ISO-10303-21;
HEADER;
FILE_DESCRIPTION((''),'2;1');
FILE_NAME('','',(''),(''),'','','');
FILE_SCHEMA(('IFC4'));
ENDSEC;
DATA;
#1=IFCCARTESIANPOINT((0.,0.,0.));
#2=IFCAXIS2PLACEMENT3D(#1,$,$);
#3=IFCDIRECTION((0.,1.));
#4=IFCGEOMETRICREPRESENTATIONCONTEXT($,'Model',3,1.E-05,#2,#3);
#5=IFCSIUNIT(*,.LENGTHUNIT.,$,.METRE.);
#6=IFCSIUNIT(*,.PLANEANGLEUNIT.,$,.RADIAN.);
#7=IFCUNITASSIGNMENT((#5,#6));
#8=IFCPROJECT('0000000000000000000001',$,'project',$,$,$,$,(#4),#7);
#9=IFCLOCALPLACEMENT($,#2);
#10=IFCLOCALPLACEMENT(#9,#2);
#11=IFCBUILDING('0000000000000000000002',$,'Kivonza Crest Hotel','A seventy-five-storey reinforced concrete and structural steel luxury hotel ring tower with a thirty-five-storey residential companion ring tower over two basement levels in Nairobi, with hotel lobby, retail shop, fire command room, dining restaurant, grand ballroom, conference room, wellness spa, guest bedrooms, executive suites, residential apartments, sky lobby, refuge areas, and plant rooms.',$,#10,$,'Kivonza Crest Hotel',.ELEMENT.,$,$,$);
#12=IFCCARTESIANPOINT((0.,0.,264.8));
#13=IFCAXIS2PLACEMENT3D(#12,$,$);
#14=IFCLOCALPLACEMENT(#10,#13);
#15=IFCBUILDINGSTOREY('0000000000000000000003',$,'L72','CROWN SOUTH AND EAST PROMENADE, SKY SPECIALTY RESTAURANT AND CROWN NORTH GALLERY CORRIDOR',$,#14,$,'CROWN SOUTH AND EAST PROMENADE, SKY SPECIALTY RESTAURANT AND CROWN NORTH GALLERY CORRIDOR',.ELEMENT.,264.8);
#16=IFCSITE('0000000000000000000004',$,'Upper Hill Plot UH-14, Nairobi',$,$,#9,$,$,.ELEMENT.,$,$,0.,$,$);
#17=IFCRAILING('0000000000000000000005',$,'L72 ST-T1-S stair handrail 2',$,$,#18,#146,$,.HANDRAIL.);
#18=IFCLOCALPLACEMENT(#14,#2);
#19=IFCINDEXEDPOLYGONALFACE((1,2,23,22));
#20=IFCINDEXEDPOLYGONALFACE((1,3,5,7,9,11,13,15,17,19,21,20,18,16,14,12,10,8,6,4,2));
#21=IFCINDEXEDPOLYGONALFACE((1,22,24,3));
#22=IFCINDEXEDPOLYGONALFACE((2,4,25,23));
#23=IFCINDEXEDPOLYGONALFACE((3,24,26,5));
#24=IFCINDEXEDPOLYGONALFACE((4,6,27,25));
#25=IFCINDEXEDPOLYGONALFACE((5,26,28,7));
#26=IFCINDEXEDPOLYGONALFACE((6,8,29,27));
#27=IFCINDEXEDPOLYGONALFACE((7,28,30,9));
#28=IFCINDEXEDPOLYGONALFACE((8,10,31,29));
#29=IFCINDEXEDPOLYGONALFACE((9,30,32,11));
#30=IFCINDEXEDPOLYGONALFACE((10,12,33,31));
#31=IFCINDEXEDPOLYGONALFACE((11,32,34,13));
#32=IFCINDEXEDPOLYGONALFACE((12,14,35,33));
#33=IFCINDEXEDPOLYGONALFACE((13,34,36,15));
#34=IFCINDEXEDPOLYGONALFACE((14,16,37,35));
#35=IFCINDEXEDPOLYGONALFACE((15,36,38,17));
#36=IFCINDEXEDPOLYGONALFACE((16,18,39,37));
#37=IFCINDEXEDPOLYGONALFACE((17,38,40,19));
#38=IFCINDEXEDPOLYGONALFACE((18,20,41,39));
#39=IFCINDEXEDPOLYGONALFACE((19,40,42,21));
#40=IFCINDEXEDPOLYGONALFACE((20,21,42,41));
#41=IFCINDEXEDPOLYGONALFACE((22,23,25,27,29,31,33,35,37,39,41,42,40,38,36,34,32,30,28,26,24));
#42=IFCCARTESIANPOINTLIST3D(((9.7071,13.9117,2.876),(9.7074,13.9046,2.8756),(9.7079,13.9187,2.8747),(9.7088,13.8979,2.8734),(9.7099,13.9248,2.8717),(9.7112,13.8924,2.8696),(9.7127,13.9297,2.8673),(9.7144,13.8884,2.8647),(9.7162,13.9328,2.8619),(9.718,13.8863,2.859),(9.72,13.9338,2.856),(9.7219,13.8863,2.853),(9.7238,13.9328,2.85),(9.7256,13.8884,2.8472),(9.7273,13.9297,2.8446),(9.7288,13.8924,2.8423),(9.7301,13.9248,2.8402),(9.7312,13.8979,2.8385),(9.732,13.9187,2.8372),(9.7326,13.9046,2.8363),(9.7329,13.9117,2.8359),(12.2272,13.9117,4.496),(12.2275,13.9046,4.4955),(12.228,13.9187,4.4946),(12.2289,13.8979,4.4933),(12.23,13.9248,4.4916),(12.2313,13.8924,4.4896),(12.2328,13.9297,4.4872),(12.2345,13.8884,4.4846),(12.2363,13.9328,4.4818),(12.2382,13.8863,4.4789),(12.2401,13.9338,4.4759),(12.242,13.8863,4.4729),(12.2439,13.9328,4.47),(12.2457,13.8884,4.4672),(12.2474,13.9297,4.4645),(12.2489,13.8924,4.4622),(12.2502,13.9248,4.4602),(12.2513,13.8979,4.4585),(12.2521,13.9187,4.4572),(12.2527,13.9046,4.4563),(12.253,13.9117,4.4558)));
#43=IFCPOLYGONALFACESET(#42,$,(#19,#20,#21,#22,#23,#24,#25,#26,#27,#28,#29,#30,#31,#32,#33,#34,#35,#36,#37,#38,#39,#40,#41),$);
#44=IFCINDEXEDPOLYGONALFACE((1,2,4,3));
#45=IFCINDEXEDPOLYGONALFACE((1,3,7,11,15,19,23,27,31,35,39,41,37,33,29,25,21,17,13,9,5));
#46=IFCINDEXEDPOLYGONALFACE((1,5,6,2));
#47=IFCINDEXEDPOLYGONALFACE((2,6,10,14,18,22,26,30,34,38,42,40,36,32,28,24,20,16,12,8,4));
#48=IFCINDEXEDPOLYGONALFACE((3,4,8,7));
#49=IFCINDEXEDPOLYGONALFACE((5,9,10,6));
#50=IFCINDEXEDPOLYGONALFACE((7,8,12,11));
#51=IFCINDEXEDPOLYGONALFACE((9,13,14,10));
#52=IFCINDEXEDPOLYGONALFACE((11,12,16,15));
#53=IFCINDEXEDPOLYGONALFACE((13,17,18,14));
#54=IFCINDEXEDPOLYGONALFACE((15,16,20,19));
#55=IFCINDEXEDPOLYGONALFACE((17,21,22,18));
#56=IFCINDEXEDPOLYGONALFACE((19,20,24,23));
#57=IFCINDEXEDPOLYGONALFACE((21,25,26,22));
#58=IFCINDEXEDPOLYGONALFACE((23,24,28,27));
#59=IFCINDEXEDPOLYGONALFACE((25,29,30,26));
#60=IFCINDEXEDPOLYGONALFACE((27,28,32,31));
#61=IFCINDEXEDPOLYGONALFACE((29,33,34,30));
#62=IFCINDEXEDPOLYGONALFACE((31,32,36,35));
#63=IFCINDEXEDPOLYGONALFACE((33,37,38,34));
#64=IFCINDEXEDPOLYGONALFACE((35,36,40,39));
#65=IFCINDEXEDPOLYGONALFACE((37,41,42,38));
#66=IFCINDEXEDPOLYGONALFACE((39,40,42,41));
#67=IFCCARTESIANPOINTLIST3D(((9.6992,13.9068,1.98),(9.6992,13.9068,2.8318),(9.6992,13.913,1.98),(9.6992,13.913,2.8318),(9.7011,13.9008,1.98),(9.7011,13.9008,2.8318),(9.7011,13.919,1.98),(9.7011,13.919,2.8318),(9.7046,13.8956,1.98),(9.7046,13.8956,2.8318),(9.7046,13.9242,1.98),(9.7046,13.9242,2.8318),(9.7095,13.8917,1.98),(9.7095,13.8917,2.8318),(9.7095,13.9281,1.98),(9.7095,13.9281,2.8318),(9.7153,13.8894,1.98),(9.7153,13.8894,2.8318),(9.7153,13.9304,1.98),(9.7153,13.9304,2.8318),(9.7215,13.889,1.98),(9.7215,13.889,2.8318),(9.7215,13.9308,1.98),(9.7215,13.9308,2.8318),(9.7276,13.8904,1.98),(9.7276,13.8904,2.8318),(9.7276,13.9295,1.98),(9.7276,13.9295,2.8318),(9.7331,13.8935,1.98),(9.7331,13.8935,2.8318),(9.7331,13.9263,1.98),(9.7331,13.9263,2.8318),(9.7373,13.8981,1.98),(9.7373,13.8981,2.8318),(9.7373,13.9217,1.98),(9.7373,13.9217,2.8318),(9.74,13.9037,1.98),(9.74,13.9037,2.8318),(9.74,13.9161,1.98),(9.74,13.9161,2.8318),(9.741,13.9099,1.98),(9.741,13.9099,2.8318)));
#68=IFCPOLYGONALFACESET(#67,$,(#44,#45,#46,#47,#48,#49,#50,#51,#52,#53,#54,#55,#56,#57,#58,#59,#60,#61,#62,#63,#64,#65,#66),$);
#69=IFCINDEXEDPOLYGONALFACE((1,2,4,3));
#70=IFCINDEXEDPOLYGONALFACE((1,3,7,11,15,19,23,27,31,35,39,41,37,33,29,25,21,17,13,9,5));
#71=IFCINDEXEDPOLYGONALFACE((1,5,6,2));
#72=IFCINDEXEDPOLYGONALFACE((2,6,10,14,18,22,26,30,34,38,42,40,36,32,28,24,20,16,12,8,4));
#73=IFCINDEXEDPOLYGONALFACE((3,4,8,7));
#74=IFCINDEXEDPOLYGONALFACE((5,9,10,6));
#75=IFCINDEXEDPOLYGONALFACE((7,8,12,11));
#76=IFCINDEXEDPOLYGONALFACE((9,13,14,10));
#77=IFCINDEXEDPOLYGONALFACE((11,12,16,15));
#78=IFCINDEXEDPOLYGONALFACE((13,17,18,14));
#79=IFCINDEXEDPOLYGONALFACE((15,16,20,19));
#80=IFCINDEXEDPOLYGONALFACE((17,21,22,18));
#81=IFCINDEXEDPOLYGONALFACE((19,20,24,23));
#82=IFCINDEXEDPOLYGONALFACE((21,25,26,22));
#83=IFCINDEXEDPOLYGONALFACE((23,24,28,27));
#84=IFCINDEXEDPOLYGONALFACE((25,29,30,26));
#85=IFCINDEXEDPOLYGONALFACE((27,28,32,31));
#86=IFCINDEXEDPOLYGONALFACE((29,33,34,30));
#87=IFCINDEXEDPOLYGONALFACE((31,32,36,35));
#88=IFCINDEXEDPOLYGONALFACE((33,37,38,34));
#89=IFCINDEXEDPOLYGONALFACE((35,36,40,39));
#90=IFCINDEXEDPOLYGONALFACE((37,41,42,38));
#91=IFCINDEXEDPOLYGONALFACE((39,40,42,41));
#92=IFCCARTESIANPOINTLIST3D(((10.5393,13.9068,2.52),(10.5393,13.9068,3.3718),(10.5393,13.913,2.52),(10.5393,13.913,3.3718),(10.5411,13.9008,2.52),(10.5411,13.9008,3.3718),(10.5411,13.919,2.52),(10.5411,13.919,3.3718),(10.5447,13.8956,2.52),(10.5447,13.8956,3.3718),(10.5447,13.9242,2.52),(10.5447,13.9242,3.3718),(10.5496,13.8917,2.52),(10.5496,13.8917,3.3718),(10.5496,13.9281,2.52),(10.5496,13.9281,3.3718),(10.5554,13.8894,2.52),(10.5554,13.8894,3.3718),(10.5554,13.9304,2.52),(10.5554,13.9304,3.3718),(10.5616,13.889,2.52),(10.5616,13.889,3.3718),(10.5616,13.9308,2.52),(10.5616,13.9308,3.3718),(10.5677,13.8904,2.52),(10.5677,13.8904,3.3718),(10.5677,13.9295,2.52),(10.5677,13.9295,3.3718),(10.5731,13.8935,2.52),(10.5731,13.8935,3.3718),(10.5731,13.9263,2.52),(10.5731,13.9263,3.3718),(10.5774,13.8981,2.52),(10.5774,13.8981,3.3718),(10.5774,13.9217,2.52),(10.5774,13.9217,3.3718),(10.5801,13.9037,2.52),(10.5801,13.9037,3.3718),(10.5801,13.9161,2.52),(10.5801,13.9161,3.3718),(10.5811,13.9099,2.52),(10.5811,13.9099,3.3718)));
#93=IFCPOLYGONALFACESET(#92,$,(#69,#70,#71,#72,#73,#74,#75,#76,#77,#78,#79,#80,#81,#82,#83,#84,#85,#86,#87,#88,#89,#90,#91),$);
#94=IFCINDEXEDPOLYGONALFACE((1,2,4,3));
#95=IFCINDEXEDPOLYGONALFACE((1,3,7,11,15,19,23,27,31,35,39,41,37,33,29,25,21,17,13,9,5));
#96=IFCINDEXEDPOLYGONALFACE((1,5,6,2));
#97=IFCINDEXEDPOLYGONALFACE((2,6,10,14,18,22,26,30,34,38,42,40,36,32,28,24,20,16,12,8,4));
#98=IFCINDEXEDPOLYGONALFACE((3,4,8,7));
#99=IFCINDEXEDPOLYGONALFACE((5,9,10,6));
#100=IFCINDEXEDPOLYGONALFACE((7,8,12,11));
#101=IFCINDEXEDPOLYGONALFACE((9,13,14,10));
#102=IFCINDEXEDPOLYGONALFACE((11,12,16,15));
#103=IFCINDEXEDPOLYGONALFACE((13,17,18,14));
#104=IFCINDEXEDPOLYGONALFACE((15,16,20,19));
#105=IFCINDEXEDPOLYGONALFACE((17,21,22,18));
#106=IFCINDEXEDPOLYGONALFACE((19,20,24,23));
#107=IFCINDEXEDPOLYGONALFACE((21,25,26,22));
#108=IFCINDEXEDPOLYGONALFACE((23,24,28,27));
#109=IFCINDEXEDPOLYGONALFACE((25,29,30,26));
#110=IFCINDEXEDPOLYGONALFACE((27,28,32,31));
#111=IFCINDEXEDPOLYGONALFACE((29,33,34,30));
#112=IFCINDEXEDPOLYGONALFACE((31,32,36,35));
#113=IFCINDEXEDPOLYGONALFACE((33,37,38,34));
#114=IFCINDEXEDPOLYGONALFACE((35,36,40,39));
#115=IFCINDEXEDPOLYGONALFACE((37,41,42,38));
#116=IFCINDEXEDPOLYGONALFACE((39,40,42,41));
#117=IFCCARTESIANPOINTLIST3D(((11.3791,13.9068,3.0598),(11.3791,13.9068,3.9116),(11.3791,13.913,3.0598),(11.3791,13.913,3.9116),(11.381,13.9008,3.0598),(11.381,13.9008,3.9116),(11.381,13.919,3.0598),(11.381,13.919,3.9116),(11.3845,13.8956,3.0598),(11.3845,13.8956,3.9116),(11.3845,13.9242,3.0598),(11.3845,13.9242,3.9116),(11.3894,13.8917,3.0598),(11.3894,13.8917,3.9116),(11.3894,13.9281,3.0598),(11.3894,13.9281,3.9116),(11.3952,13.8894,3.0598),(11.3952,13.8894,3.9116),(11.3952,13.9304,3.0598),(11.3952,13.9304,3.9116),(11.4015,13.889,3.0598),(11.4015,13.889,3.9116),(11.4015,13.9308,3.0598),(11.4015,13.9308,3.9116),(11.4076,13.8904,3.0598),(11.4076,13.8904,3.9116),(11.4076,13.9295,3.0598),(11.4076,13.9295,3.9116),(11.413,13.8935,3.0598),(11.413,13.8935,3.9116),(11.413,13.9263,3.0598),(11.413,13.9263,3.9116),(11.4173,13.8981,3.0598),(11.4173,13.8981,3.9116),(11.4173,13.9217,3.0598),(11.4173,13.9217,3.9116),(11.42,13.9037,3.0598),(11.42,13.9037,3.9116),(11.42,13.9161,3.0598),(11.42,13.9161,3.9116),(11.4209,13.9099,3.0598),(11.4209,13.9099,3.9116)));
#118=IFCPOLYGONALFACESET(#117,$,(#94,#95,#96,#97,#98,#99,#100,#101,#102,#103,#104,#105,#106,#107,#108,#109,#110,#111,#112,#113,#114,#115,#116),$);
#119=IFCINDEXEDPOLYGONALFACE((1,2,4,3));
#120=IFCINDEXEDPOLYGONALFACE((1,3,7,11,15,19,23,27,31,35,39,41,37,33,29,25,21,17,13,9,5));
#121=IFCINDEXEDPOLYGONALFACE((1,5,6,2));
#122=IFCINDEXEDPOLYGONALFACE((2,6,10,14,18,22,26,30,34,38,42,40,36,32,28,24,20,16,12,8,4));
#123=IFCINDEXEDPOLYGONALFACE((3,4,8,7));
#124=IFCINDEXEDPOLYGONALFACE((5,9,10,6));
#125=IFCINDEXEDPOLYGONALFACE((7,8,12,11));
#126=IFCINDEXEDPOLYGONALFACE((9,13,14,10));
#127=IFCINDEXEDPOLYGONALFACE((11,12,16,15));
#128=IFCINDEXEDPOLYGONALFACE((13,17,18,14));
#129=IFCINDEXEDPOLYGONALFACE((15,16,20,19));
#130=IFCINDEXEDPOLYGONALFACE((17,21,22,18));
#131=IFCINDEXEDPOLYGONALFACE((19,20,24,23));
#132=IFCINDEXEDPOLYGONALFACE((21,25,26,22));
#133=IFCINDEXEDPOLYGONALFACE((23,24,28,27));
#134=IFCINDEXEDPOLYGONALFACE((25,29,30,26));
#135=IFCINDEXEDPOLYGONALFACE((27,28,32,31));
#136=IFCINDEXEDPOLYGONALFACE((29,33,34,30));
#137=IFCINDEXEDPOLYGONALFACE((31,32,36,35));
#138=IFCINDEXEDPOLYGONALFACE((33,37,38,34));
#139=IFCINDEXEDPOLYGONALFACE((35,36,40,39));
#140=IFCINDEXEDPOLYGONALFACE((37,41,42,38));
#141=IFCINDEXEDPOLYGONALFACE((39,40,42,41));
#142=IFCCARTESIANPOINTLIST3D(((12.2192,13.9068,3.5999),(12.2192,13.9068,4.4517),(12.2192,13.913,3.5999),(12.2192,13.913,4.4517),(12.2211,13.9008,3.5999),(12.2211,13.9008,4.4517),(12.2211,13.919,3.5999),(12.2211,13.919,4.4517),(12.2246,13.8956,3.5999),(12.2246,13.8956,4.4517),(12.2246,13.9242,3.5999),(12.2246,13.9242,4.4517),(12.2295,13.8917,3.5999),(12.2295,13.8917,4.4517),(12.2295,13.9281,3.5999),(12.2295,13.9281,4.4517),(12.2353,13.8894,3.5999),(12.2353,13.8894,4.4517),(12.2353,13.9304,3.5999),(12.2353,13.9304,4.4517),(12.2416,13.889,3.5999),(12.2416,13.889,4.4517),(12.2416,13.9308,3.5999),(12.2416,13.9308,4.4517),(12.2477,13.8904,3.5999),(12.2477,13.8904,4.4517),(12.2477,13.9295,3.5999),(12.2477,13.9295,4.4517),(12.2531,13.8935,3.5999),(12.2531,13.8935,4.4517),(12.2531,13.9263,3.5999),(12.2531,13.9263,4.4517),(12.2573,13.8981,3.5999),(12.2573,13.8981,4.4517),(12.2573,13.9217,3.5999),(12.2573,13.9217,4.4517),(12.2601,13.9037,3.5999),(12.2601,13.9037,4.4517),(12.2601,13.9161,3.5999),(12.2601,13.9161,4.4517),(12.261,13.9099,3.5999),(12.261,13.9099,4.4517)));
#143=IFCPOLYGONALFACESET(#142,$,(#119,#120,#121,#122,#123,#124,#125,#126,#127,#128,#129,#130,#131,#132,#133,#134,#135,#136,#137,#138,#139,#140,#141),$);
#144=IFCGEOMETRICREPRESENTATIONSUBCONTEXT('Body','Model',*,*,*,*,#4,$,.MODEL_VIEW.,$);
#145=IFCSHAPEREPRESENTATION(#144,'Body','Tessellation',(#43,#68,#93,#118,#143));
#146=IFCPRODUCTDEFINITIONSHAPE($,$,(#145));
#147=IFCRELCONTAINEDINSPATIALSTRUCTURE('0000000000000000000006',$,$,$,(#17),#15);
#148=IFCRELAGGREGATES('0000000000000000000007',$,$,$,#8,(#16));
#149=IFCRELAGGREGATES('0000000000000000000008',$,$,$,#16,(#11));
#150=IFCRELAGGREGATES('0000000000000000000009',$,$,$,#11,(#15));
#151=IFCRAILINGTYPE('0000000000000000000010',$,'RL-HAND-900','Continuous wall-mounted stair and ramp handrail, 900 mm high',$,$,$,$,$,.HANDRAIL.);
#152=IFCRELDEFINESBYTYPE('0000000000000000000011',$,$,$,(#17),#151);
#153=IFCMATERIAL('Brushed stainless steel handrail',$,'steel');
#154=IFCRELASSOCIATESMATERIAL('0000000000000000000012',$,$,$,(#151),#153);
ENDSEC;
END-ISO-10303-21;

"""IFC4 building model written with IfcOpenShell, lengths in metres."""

from ifc_helpers import new_model, si_unit, direction, frame, origin, origin_2d, place, context, subcontext, project, spatial, circle, extrude, material, type_object, element, save


model = new_model("IFC4")

# Units and contexts
model_context = context("Model", 3, precision=1e-05, world=origin(), true_north=direction((0.0, 1.0)))
body_context = subcontext(model_context, "Body", "Model", "MODEL_VIEW")
ifc_project = project(units=[si_unit("LENGTHUNIT", "METRE"), si_unit("PLANEANGLEUNIT", "RADIAN")], contexts=[model_context])

# Site, building, storey
site_placement = place(None, origin())
site = spatial("IfcSite", under=ifc_project, at=site_placement, Name="Upper Hill Plot UH-14, Nairobi", CompositionType="ELEMENT", RefElevation=0.0)
building_placement = place(site_placement, origin())
building = spatial("IfcBuilding", under=site, at=building_placement, Name="Kivonza Crest Hotel", Description="A seventy-five-storey reinforced concrete and structural steel luxury hotel ring tower with a thirty-five-storey residential companion ring tower over two basement levels in Nairobi, with hotel lobby, retail shop, fire command room, dining restaurant, grand ballroom, conference room, wellness spa, guest bedrooms, executive suites, residential apartments, sky lobby, refuge areas, and plant rooms.", LongName="Kivonza Crest Hotel", CompositionType="ELEMENT")
storey_placement = place(building_placement, frame((0.0, 0.0, 264.8)))
storey = spatial("IfcBuildingStorey", under=building, at=storey_placement, Name="L72", Description="CROWN SOUTH AND EAST PROMENADE, SKY SPECIALTY RESTAURANT AND CROWN NORTH GALLERY CORRIDOR", LongName="CROWN SOUTH AND EAST PROMENADE, SKY SPECIALTY RESTAURANT AND CROWN NORTH GALLERY CORRIDOR", CompositionType="ELEMENT", Elevation=264.8)

# Railing
ifc_material_1 = material(Name="Brushed stainless steel handrail", Category="steel")
railing_type_1 = type_object("IfcRailingType", Name="RL-HAND-900", Description="Continuous wall-mounted stair and ramp handrail, 900 mm high", PredefinedType="HANDRAIL", material=ifc_material_1)
railing_1_placement = place(storey_placement, frame((9.72, 13.9099, 1.98)))
element("IfcRailing", 1, at=railing_1_placement, inside=storey, type_object=railing_type_1, Name="L72 ST-T1-S stair handrail 2", PredefinedType="HANDRAIL", context=body_context, shape_type="SweptSolid", body=[
    extrude(circle(Radius=0.0239, at=origin_2d()), frame((0.0, 0.0, 0.876), z_axis=(0.8412, 0.0, 0.540725), x_axis=(0.0, 1.0, 0.0)), (0.0, 0.0, 1.0), 2.9958),
    extrude(circle(Radius=0.021, at=origin_2d()), origin(), (0.0, 0.0, 1.0), 0.8518),
    extrude(circle(Radius=0.021, at=origin_2d()), frame((0.8401, 0.0, 0.54)), (0.0, 0.0, 1.0), 0.8518),
    extrude(circle(Radius=0.021, at=origin_2d()), frame((1.6799, 0.0, 1.0798)), (0.0, 0.0, 1.0), 0.8518),
    extrude(circle(Radius=0.021, at=origin_2d()), frame((2.52, 0.0, 1.6199)), (0.0, 0.0, 1.0), 0.8518),
])

save(model, "model.ifc")
